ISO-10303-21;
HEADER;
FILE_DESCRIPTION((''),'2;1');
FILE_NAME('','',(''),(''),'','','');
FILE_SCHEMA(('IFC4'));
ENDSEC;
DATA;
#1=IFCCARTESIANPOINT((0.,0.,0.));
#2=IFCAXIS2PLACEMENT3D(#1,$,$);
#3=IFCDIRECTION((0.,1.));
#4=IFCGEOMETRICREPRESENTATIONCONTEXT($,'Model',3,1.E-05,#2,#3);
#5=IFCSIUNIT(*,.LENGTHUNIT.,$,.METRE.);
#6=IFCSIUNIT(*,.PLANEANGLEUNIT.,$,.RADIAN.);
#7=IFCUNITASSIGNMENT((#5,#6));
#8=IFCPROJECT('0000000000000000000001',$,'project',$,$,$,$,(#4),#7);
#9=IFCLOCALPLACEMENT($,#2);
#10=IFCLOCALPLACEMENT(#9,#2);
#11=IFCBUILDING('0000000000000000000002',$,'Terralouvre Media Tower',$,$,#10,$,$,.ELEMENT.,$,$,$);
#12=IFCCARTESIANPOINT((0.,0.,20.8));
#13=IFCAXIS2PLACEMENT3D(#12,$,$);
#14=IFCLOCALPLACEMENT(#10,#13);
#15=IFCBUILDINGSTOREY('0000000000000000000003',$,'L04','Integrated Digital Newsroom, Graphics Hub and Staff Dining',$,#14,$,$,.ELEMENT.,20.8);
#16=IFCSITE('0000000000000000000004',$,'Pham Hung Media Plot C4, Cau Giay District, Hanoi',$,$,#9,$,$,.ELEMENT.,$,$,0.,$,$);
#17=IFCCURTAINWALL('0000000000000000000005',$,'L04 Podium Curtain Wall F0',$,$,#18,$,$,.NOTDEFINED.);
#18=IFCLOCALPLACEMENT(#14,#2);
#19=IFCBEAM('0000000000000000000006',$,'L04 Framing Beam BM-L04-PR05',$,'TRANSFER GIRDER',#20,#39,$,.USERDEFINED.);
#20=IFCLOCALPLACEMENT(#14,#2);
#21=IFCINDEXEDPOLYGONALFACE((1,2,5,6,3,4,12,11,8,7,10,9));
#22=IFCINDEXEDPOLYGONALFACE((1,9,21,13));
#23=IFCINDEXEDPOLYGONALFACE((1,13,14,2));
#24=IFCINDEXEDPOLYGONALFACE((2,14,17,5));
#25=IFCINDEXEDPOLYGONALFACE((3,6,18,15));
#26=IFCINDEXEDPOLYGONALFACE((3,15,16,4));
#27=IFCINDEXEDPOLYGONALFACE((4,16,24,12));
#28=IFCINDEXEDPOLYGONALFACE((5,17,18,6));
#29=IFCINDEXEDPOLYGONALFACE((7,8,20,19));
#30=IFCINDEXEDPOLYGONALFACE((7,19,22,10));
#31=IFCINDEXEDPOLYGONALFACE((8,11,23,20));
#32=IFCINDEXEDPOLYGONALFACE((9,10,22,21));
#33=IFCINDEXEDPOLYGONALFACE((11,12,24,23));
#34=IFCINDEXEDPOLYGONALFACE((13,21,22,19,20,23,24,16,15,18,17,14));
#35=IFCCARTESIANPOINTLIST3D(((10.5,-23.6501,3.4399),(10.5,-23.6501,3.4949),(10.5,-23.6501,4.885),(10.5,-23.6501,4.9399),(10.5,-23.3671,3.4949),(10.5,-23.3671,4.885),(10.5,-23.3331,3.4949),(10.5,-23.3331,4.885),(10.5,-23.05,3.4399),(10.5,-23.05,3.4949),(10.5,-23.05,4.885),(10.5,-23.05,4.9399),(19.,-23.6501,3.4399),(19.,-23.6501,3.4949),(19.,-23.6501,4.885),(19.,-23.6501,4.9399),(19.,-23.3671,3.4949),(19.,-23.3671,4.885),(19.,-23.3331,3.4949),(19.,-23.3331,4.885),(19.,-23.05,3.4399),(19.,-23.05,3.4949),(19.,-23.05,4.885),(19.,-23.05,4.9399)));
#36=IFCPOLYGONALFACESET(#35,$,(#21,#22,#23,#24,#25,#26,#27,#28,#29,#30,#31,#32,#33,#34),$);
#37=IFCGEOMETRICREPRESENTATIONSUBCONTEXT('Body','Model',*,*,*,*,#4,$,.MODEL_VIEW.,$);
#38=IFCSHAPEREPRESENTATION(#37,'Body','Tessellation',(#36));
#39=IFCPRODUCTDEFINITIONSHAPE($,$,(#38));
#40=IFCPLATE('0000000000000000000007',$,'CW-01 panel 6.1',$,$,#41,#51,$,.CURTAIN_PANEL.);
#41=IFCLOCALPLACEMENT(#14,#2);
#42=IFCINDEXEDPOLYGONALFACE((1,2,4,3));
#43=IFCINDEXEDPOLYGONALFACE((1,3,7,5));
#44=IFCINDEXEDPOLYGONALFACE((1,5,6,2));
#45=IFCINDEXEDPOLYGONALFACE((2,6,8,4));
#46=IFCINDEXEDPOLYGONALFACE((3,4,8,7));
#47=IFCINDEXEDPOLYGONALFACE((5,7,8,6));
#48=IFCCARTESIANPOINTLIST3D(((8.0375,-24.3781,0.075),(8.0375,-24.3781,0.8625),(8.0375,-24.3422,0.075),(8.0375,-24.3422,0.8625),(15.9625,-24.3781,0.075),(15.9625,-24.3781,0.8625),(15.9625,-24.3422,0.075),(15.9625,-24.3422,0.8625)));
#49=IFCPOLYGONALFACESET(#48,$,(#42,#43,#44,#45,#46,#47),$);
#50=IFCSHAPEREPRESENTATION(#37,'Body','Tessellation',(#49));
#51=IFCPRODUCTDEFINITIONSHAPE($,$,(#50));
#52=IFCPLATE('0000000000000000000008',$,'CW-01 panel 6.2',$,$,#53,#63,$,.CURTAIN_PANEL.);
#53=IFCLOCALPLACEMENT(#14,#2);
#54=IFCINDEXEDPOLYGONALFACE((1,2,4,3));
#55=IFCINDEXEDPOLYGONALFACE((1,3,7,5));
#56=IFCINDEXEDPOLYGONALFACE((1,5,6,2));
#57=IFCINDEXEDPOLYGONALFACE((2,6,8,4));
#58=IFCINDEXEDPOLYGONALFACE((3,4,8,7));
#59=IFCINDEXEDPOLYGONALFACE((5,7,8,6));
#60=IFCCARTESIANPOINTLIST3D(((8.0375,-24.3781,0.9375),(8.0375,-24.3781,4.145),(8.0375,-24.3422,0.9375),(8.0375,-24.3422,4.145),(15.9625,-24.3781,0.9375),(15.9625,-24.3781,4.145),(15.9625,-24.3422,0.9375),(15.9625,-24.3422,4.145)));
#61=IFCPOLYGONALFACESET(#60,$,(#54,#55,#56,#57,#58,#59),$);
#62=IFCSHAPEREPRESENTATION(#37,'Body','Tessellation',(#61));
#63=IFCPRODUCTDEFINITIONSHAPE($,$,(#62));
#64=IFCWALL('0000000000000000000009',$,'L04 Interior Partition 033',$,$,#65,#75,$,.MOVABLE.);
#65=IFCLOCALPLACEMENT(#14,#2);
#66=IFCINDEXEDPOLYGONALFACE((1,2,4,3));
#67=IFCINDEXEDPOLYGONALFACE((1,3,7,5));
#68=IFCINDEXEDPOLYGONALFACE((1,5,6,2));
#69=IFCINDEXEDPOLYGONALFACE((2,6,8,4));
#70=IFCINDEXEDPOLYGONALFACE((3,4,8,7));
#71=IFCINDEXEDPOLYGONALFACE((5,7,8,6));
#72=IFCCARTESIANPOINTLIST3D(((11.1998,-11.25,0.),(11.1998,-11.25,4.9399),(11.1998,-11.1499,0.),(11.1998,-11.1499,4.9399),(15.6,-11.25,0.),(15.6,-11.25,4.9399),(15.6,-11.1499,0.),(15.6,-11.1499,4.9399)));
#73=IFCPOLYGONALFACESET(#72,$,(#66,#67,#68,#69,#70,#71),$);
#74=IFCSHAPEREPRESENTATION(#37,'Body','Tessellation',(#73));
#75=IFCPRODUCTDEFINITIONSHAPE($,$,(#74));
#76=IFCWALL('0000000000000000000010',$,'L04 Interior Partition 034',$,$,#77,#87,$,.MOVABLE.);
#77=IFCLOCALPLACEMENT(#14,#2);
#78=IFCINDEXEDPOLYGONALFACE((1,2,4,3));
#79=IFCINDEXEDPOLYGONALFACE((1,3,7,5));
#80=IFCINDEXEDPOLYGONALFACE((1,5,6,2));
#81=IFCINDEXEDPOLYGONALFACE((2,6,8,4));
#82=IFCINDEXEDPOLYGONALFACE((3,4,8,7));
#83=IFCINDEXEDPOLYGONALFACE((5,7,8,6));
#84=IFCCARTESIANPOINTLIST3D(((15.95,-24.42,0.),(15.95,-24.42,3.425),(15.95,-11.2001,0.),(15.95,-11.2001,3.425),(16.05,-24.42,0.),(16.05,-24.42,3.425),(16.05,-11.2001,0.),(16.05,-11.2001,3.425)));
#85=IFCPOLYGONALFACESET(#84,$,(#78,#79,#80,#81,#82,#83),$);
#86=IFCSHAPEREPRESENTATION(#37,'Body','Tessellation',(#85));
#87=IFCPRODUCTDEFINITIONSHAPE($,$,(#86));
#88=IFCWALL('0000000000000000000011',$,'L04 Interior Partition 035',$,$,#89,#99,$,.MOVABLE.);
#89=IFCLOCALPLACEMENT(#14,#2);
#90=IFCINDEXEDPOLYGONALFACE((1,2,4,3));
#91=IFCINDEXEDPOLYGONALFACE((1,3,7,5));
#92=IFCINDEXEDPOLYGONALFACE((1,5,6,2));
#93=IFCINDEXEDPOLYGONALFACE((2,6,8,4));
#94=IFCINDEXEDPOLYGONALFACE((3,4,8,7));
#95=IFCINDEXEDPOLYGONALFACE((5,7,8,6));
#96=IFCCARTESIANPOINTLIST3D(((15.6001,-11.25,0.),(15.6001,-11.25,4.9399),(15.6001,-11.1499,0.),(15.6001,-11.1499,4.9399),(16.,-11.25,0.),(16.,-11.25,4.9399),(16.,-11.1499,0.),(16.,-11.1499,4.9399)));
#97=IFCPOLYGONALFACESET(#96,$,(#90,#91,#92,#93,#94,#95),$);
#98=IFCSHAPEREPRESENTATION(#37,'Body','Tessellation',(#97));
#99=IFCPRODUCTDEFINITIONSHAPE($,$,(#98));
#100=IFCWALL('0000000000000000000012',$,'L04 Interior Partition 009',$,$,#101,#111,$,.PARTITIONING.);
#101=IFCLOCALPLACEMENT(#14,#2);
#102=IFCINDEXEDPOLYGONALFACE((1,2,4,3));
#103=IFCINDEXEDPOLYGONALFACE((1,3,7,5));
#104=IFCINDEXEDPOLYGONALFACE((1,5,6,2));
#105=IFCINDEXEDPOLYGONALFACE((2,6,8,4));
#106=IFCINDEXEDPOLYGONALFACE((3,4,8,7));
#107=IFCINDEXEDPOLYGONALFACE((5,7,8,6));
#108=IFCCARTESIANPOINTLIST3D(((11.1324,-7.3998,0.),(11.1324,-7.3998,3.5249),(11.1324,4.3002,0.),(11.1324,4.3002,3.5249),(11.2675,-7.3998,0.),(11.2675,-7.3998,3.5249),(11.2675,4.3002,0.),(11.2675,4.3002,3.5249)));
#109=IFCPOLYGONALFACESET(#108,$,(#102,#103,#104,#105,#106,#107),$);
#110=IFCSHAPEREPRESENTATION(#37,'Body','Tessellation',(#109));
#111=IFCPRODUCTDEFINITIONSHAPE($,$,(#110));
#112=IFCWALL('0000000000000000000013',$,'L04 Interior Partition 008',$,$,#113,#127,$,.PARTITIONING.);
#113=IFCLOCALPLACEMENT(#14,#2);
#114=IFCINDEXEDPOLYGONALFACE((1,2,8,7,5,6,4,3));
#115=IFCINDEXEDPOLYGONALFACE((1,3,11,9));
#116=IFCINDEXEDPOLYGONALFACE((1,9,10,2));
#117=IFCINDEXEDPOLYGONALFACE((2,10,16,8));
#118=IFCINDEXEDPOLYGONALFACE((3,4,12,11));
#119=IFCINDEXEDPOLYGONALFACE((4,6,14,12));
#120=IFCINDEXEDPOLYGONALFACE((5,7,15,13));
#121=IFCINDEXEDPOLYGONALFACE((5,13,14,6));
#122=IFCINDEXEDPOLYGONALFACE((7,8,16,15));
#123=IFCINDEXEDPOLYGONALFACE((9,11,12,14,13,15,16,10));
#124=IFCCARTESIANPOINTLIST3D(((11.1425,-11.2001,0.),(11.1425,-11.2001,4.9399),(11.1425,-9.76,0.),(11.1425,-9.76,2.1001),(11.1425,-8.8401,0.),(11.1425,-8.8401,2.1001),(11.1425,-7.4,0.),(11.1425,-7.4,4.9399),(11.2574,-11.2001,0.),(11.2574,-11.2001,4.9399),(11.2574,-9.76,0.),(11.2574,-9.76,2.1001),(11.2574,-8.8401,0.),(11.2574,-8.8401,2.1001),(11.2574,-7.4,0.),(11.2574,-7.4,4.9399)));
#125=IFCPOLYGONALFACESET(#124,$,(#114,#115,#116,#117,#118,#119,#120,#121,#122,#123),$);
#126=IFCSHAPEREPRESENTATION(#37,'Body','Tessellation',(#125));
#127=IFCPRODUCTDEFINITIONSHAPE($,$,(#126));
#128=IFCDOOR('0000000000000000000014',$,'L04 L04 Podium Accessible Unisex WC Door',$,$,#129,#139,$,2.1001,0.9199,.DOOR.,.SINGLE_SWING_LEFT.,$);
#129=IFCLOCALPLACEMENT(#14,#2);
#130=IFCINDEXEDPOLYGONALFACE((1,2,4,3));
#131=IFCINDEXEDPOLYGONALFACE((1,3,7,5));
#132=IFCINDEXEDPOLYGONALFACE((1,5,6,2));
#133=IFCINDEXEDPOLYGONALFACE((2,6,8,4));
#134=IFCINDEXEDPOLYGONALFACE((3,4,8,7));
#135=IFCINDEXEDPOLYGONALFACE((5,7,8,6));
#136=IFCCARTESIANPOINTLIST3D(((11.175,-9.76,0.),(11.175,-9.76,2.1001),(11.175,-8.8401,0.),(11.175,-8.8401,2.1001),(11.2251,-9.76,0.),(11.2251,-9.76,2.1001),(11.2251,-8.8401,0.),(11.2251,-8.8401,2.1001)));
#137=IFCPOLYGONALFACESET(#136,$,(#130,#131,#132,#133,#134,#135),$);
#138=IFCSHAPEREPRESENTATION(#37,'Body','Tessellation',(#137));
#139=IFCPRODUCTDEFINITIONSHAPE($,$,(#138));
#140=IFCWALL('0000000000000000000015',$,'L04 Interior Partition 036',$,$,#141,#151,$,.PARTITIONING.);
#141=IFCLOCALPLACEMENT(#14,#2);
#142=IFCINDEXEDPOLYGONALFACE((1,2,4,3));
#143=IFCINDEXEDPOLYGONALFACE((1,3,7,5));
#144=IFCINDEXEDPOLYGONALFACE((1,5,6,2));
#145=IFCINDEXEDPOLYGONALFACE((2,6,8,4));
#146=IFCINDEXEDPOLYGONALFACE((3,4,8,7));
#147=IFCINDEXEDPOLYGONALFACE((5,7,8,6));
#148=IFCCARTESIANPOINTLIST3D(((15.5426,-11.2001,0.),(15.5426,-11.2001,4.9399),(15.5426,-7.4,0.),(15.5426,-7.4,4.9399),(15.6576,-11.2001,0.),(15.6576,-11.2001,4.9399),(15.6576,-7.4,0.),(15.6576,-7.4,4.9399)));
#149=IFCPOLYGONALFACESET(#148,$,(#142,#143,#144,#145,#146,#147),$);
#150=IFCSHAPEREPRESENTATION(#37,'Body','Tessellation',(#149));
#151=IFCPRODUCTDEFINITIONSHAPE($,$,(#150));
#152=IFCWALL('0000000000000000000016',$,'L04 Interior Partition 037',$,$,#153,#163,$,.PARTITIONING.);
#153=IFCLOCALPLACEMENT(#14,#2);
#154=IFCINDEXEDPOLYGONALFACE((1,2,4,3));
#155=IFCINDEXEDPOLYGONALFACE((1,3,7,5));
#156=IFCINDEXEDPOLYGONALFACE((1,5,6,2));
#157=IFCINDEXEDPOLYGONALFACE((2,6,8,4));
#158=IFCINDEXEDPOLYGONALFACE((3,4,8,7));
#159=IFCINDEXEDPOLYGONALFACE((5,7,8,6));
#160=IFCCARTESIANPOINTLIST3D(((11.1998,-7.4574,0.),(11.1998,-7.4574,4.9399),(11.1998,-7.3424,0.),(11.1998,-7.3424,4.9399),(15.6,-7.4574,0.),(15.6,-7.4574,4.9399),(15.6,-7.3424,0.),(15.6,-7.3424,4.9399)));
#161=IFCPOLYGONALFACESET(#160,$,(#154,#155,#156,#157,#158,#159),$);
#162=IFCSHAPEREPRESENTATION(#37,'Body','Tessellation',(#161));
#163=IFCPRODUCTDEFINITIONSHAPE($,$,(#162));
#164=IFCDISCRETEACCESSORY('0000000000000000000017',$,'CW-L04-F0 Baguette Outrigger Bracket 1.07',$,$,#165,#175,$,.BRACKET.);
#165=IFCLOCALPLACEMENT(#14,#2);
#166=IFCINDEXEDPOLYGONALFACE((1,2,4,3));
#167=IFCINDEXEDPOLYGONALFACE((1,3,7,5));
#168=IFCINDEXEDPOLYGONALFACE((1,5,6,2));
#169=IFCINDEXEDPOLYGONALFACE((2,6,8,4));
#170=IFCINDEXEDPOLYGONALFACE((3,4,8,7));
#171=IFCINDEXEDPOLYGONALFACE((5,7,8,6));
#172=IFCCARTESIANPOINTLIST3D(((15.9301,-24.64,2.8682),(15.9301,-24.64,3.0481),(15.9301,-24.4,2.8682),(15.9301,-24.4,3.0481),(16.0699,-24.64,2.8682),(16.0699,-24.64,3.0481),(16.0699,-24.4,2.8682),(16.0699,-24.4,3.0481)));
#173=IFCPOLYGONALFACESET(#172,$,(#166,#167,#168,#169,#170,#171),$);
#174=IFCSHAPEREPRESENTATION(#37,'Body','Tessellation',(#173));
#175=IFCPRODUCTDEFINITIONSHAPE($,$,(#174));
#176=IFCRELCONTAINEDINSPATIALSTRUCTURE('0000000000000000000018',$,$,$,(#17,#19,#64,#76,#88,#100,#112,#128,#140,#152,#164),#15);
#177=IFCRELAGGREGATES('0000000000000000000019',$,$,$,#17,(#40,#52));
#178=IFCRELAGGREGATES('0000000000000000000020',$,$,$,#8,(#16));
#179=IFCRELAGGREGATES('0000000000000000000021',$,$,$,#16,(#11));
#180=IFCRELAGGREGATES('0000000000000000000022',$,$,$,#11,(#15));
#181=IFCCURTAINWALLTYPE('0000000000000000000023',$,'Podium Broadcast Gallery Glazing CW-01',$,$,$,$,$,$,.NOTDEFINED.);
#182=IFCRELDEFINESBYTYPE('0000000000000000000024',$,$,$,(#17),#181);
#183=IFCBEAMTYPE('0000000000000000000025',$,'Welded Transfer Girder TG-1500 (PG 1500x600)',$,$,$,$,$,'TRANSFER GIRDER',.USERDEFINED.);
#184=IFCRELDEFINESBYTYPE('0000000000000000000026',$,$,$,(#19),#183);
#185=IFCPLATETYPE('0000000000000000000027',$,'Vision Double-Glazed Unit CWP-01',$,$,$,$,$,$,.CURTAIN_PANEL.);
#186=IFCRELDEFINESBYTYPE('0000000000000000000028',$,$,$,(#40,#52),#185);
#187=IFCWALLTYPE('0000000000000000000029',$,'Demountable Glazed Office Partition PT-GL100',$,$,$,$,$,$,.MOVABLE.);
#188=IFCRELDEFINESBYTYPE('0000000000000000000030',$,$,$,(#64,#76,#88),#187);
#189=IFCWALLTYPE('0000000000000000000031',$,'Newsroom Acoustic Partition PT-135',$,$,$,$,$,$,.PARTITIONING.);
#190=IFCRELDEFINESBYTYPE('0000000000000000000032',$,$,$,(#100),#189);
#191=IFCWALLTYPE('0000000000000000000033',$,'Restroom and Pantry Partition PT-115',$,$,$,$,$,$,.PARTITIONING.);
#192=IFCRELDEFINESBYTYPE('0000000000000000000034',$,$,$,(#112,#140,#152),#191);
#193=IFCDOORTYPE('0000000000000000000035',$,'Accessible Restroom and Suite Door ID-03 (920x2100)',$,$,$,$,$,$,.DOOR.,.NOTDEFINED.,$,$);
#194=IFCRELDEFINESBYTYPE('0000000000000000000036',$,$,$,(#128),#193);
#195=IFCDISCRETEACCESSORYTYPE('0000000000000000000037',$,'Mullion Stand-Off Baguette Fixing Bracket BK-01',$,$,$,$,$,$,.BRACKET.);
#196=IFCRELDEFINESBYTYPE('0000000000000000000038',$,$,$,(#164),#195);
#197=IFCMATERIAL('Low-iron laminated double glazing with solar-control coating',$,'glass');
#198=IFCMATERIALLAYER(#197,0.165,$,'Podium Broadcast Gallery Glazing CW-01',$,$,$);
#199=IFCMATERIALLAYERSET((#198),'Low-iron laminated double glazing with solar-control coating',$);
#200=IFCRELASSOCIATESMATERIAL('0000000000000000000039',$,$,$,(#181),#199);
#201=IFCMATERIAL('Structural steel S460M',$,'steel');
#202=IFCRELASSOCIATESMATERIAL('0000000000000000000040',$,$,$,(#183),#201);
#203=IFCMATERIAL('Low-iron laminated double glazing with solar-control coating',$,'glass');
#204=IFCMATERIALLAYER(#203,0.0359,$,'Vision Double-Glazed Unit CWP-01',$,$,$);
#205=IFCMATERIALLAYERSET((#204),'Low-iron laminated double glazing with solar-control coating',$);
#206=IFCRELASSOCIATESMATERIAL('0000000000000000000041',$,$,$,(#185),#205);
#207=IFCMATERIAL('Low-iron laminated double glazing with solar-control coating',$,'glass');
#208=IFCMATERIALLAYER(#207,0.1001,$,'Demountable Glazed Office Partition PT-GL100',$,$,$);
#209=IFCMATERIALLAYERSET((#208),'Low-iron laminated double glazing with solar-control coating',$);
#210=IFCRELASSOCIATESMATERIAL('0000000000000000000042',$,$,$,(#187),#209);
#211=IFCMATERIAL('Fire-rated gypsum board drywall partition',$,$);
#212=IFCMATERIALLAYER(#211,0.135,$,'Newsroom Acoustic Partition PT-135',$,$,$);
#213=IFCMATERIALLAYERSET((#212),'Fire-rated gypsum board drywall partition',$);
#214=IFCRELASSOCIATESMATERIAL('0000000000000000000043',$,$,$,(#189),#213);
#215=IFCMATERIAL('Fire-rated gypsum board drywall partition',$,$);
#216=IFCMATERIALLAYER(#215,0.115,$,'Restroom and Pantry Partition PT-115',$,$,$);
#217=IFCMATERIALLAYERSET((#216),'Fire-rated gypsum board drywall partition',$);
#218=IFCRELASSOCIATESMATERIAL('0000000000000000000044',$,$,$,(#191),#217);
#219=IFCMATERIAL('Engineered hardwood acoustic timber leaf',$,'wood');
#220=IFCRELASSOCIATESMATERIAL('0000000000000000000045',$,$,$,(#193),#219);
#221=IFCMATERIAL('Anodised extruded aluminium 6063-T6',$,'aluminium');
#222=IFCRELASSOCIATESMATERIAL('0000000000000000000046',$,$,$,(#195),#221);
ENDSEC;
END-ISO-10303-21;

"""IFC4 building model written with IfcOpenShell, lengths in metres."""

from ifc_helpers import new_model, si_unit, direction, frame, frame_2d, origin, origin_2d, place, context, subcontext, project, spatial, rectangle, i_section, extrude, material, layer, layer_set, material_profile, profile_set, type_object, element, fill, aggregate, save


model = new_model("IFC4")

# Units and contexts
model_context = context("Model", 3, precision=1e-05, world=origin(), true_north=direction((0.0, 1.0)))
body_context = subcontext(model_context, "Body", "Model", "MODEL_VIEW")
ifc_project = project(units=[si_unit("LENGTHUNIT", "METRE"), si_unit("PLANEANGLEUNIT", "RADIAN")], contexts=[model_context])

# Site, building, storey
site_placement = place(None, origin())
site = spatial("IfcSite", under=ifc_project, at=site_placement, Name="Pham Hung Media Plot C4, Cau Giay District, Hanoi", CompositionType="ELEMENT", RefElevation=0.0)
building_placement = place(site_placement, origin())
building = spatial("IfcBuilding", under=site, at=building_placement, Name="Terralouvre Media Tower", CompositionType="ELEMENT")
storey_placement = place(building_placement, frame((0.0, 0.0, 20.8)))
storey = spatial("IfcBuildingStorey", under=building, at=storey_placement, Name="L04", Description="Integrated Digital Newsroom, Graphics Hub and Staff Dining", CompositionType="ELEMENT", Elevation=20.8)

# Curtain wall
ifc_material_1 = material(Name="Low-iron laminated double glazing with solar-control coating", Category="glass")
ifc_layer_1 = layer(ifc_material_1, 0.165, Name="Podium Broadcast Gallery Glazing CW-01")
ifc_layer_set_1 = layer_set([ifc_layer_1], Name="Low-iron laminated double glazing with solar-control coating")
curtain_wall_type = type_object("IfcCurtainWallType", Name="Podium Broadcast Gallery Glazing CW-01", PredefinedType="NOTDEFINED", material=ifc_layer_set_1)
curtain_wall_placement = place(storey_placement, origin())
curtain_wall = element("IfcCurtainWall", 1, at=curtain_wall_placement, inside=storey, type_object=curtain_wall_type, Name="L04 Podium Curtain Wall F0", PredefinedType="NOTDEFINED")

# Beam
ifc_material_2 = material(Name="Structural steel S460M", Category="steel")
ifc_material_profile_1 = material_profile(ifc_material_2, i_section(OverallWidth=0.6001, OverallDepth=1.5, WebThickness=0.0339, FlangeThickness=0.0549, at=origin_2d()), Name="PG 1500x600")
ifc_profile_set_1 = profile_set([ifc_material_profile_1], Name="Structural steel S460M")
beam_type_1 = type_object("IfcBeamType", Name="Welded Transfer Girder TG-1500 (PG 1500x600)", ElementType="TRANSFER GIRDER", PredefinedType="USERDEFINED", material=ifc_profile_set_1)
beam_1_placement = place(storey_placement, frame((10.5, -23.3501, 4.1899), z_axis=(1.0, 0.0, 0.0), x_axis=(0.0, 1.0, 0.0)))
element("IfcBeam", 2, at=beam_1_placement, inside=storey, type_object=beam_type_1, Name="L04 Framing Beam BM-L04-PR05", ObjectType="TRANSFER GIRDER", PredefinedType="USERDEFINED", context=body_context, shape_type="SweptSolid", body=[
    extrude(i_section(OverallWidth=0.6001, OverallDepth=1.5, WebThickness=0.0339, FlangeThickness=0.0549, at=origin_2d()), origin(), (0.0, 0.0, 1.0), 8.5),
])

# Plates
ifc_material_3 = material(Name="Low-iron laminated double glazing with solar-control coating", Category="glass")
ifc_layer_2 = layer(ifc_material_3, 0.0359, Name="Vision Double-Glazed Unit CWP-01")
ifc_layer_set_2 = layer_set([ifc_layer_2], Name="Low-iron laminated double glazing with solar-control coating")
plate_type = type_object("IfcPlateType", Name="Vision Double-Glazed Unit CWP-01", PredefinedType="CURTAIN_PANEL", material=ifc_layer_set_2)
plate_1_placement = place(storey_placement, frame((12.0, -24.3601, 0.075), z_axis=(0.0, 0.0, 1.0), x_axis=(1.0, 0.0, 0.0)))
plate_1 = element("IfcPlate", 3, at=plate_1_placement, type_object=plate_type, Name="CW-01 panel 6.1", PredefinedType="CURTAIN_PANEL", context=body_context, shape_type="SweptSolid", body=[
    extrude(rectangle(XDim=7.925, YDim=0.0359, at=origin_2d()), origin(), (0.0, 0.0, 1.0), 0.7876),
])
plate_2_placement = place(storey_placement, frame((12.0, -24.3601, 0.9375), z_axis=(0.0, 0.0, 1.0), x_axis=(1.0, 0.0, 0.0)))
plate_2 = element("IfcPlate", 4, at=plate_2_placement, type_object=plate_type, Name="CW-01 panel 6.2", PredefinedType="CURTAIN_PANEL", context=body_context, shape_type="SweptSolid", body=[
    extrude(rectangle(XDim=7.925, YDim=0.0359, at=origin_2d()), origin(), (0.0, 0.0, 1.0), 3.2075),
])
aggregate(curtain_wall, [plate_1, plate_2])

# Walls
ifc_material_4 = material(Name="Low-iron laminated double glazing with solar-control coating", Category="glass")
ifc_layer_3 = layer(ifc_material_4, 0.1001, Name="Demountable Glazed Office Partition PT-GL100")
ifc_layer_set_3 = layer_set([ifc_layer_3], Name="Low-iron laminated double glazing with solar-control coating")
wall_type_1 = type_object("IfcWallType", Name="Demountable Glazed Office Partition PT-GL100", PredefinedType="MOVABLE", material=ifc_layer_set_3)
wall_1_placement = place(storey_placement, frame((15.6001, -11.2, 0.0), z_axis=(0.0, 0.0, 1.0), x_axis=(-1.0, 0.0, 0.0)))
element("IfcWall", 5, at=wall_1_placement, inside=storey, type_object=wall_type_1, Name="L04 Interior Partition 033", PredefinedType="MOVABLE", context=body_context, shape_type="SweptSolid", body=[
    extrude(rectangle(XDim=4.4001, YDim=0.1001, at=frame_2d((2.2002, 0.0))), origin(), (0.0, 0.0, 1.0), 4.9399),
])
wall_2_placement = place(storey_placement, frame((16.0, -24.4199, 0.0), z_axis=(0.0, 0.0, 1.0), x_axis=(0.0, 1.0, 0.0)))
element("IfcWall", 6, at=wall_2_placement, inside=storey, type_object=wall_type_1, Name="L04 Interior Partition 034", PredefinedType="MOVABLE", context=body_context, shape_type="SweptSolid", body=[
    extrude(rectangle(XDim=13.22, YDim=0.1001, at=frame_2d((6.6099, 0.0))), origin(), (0.0, 0.0, 1.0), 3.425),
])
wall_3_placement = place(storey_placement, frame((16.0, -11.2, 0.0), z_axis=(0.0, 0.0, 1.0), x_axis=(-1.0, 0.0, 0.0)))
element("IfcWall", 7, at=wall_3_placement, inside=storey, type_object=wall_type_1, Name="L04 Interior Partition 035", PredefinedType="MOVABLE", context=body_context, shape_type="SweptSolid", body=[
    extrude(rectangle(XDim=0.3999, YDim=0.1001, at=frame_2d((0.2, 0.0))), origin(), (0.0, 0.0, 1.0), 4.9399),
])
ifc_material_5 = material(Name="Fire-rated gypsum board drywall partition")
ifc_layer_4 = layer(ifc_material_5, 0.135, Name="Newsroom Acoustic Partition PT-135")
ifc_layer_set_4 = layer_set([ifc_layer_4], Name="Fire-rated gypsum board drywall partition")
wall_type_2 = type_object("IfcWallType", Name="Newsroom Acoustic Partition PT-135", PredefinedType="PARTITIONING", material=ifc_layer_set_4)
wall_4_placement = place(storey_placement, frame((11.2, -7.3999, 0.0), z_axis=(0.0, 0.0, 1.0), x_axis=(0.0, 1.0, 0.0)))
element("IfcWall", 8, at=wall_4_placement, inside=storey, type_object=wall_type_2, Name="L04 Interior Partition 009", PredefinedType="PARTITIONING", context=body_context, shape_type="SweptSolid", body=[
    extrude(rectangle(XDim=11.7, YDim=0.135, at=frame_2d((5.8501, 0.0))), origin(), (0.0, 0.0, 1.0), 3.5249),
])

# Wall, opening, door
ifc_material_6 = material(Name="Fire-rated gypsum board drywall partition")
ifc_layer_5 = layer(ifc_material_6, 0.115, Name="Restroom and Pantry Partition PT-115")
ifc_layer_set_5 = layer_set([ifc_layer_5], Name="Fire-rated gypsum board drywall partition")
wall_type_3 = type_object("IfcWallType", Name="Restroom and Pantry Partition PT-115", PredefinedType="PARTITIONING", material=ifc_layer_set_5)
wall_5_placement = place(storey_placement, frame((11.2, -11.2, 0.0), z_axis=(0.0, 0.0, 1.0), x_axis=(0.0, 1.0, 0.0)))
wall_5 = element("IfcWall", 9, at=wall_5_placement, inside=storey, type_object=wall_type_3, Name="L04 Interior Partition 008", PredefinedType="PARTITIONING", context=body_context, shape_type="SweptSolid", body=[
    extrude(rectangle(XDim=3.8, YDim=0.115, at=frame_2d((1.8999, 0.0))), origin(), (0.0, 0.0, 1.0), 4.9399),
])
opening_placement = place(wall_5_placement, frame((1.4399, 0.0, 0.0)))
opening = element("IfcOpeningElement", 10, at=opening_placement, cuts=wall_5, PredefinedType="OPENING", context=body_context, shape_type="SweptSolid", body=[
    extrude(rectangle(XDim=0.9199, YDim=2.1001, at=frame_2d((0.46, 1.05))), frame((0.0, 0.0674, 0.0), z_axis=(0.0, -1.0, 0.0), x_axis=(1.0, 0.0, 0.0)), (0.0, 0.0, 1.0), 0.135),
])
ifc_material_7 = material(Name="Engineered hardwood acoustic timber leaf", Category="wood")
door_type = type_object("IfcDoorType", Name="Accessible Restroom and Suite Door ID-03 (920x2100)", OperationType="NOTDEFINED", PredefinedType="DOOR", material=ifc_material_7)
door_placement = place(opening_placement, origin())
door = element("IfcDoor", 11, at=door_placement, inside=storey, type_object=door_type, Name="L04 L04 Podium Accessible Unisex WC Door", OperationType="SINGLE_SWING_LEFT", OverallHeight=2.1001, OverallWidth=0.9199, PredefinedType="DOOR", context=body_context, shape_type="SweptSolid", body=[
    extrude(rectangle(XDim=0.9199, YDim=2.1001, at=frame_2d((0.46, 1.05))), frame((0.0, 0.0249, 0.0), z_axis=(0.0, -1.0, 0.0), x_axis=(1.0, 0.0, 0.0)), (0.0, 0.0, 1.0), 0.05),
])
fill(opening, door)

# Walls
wall_6_placement = place(storey_placement, frame((15.6001, -11.2, 0.0), z_axis=(0.0, 0.0, 1.0), x_axis=(0.0, 1.0, 0.0)))
element("IfcWall", 12, at=wall_6_placement, inside=storey, type_object=wall_type_3, Name="L04 Interior Partition 036", PredefinedType="PARTITIONING", context=body_context, shape_type="SweptSolid", body=[
    extrude(rectangle(XDim=3.8, YDim=0.115, at=frame_2d((1.8999, 0.0))), origin(), (0.0, 0.0, 1.0), 4.9399),
])
wall_7_placement = place(storey_placement, frame((15.6001, -7.3999, 0.0), z_axis=(0.0, 0.0, 1.0), x_axis=(-1.0, 0.0, 0.0)))
element("IfcWall", 13, at=wall_7_placement, inside=storey, type_object=wall_type_3, Name="L04 Interior Partition 037", PredefinedType="PARTITIONING", context=body_context, shape_type="SweptSolid", body=[
    extrude(rectangle(XDim=4.4001, YDim=0.115, at=frame_2d((2.2002, 0.0))), origin(), (0.0, 0.0, 1.0), 4.9399),
])

# Discrete accessory
ifc_material_8 = material(Name="Anodised extruded aluminium 6063-T6", Category="aluminium")
discrete_accessory_type = type_object("IfcDiscreteAccessoryType", Name="Mullion Stand-Off Baguette Fixing Bracket BK-01", PredefinedType="BRACKET", material=ifc_material_8)
discrete_accessory_placement = place(storey_placement, frame((16.0, -24.52, 2.8682), z_axis=(0.0, 0.0, 1.0), x_axis=(1.0, 0.0, 0.0)))
element("IfcDiscreteAccessory", 14, at=discrete_accessory_placement, inside=storey, type_object=discrete_accessory_type, Name="CW-L04-F0 Baguette Outrigger Bracket 1.07", PredefinedType="BRACKET", context=body_context, shape_type="SweptSolid", body=[
    extrude(rectangle(XDim=0.1399, YDim=0.24, at=origin_2d()), origin(), (0.0, 0.0, 1.0), 0.1799),
])

save(model, "model.ifc")
